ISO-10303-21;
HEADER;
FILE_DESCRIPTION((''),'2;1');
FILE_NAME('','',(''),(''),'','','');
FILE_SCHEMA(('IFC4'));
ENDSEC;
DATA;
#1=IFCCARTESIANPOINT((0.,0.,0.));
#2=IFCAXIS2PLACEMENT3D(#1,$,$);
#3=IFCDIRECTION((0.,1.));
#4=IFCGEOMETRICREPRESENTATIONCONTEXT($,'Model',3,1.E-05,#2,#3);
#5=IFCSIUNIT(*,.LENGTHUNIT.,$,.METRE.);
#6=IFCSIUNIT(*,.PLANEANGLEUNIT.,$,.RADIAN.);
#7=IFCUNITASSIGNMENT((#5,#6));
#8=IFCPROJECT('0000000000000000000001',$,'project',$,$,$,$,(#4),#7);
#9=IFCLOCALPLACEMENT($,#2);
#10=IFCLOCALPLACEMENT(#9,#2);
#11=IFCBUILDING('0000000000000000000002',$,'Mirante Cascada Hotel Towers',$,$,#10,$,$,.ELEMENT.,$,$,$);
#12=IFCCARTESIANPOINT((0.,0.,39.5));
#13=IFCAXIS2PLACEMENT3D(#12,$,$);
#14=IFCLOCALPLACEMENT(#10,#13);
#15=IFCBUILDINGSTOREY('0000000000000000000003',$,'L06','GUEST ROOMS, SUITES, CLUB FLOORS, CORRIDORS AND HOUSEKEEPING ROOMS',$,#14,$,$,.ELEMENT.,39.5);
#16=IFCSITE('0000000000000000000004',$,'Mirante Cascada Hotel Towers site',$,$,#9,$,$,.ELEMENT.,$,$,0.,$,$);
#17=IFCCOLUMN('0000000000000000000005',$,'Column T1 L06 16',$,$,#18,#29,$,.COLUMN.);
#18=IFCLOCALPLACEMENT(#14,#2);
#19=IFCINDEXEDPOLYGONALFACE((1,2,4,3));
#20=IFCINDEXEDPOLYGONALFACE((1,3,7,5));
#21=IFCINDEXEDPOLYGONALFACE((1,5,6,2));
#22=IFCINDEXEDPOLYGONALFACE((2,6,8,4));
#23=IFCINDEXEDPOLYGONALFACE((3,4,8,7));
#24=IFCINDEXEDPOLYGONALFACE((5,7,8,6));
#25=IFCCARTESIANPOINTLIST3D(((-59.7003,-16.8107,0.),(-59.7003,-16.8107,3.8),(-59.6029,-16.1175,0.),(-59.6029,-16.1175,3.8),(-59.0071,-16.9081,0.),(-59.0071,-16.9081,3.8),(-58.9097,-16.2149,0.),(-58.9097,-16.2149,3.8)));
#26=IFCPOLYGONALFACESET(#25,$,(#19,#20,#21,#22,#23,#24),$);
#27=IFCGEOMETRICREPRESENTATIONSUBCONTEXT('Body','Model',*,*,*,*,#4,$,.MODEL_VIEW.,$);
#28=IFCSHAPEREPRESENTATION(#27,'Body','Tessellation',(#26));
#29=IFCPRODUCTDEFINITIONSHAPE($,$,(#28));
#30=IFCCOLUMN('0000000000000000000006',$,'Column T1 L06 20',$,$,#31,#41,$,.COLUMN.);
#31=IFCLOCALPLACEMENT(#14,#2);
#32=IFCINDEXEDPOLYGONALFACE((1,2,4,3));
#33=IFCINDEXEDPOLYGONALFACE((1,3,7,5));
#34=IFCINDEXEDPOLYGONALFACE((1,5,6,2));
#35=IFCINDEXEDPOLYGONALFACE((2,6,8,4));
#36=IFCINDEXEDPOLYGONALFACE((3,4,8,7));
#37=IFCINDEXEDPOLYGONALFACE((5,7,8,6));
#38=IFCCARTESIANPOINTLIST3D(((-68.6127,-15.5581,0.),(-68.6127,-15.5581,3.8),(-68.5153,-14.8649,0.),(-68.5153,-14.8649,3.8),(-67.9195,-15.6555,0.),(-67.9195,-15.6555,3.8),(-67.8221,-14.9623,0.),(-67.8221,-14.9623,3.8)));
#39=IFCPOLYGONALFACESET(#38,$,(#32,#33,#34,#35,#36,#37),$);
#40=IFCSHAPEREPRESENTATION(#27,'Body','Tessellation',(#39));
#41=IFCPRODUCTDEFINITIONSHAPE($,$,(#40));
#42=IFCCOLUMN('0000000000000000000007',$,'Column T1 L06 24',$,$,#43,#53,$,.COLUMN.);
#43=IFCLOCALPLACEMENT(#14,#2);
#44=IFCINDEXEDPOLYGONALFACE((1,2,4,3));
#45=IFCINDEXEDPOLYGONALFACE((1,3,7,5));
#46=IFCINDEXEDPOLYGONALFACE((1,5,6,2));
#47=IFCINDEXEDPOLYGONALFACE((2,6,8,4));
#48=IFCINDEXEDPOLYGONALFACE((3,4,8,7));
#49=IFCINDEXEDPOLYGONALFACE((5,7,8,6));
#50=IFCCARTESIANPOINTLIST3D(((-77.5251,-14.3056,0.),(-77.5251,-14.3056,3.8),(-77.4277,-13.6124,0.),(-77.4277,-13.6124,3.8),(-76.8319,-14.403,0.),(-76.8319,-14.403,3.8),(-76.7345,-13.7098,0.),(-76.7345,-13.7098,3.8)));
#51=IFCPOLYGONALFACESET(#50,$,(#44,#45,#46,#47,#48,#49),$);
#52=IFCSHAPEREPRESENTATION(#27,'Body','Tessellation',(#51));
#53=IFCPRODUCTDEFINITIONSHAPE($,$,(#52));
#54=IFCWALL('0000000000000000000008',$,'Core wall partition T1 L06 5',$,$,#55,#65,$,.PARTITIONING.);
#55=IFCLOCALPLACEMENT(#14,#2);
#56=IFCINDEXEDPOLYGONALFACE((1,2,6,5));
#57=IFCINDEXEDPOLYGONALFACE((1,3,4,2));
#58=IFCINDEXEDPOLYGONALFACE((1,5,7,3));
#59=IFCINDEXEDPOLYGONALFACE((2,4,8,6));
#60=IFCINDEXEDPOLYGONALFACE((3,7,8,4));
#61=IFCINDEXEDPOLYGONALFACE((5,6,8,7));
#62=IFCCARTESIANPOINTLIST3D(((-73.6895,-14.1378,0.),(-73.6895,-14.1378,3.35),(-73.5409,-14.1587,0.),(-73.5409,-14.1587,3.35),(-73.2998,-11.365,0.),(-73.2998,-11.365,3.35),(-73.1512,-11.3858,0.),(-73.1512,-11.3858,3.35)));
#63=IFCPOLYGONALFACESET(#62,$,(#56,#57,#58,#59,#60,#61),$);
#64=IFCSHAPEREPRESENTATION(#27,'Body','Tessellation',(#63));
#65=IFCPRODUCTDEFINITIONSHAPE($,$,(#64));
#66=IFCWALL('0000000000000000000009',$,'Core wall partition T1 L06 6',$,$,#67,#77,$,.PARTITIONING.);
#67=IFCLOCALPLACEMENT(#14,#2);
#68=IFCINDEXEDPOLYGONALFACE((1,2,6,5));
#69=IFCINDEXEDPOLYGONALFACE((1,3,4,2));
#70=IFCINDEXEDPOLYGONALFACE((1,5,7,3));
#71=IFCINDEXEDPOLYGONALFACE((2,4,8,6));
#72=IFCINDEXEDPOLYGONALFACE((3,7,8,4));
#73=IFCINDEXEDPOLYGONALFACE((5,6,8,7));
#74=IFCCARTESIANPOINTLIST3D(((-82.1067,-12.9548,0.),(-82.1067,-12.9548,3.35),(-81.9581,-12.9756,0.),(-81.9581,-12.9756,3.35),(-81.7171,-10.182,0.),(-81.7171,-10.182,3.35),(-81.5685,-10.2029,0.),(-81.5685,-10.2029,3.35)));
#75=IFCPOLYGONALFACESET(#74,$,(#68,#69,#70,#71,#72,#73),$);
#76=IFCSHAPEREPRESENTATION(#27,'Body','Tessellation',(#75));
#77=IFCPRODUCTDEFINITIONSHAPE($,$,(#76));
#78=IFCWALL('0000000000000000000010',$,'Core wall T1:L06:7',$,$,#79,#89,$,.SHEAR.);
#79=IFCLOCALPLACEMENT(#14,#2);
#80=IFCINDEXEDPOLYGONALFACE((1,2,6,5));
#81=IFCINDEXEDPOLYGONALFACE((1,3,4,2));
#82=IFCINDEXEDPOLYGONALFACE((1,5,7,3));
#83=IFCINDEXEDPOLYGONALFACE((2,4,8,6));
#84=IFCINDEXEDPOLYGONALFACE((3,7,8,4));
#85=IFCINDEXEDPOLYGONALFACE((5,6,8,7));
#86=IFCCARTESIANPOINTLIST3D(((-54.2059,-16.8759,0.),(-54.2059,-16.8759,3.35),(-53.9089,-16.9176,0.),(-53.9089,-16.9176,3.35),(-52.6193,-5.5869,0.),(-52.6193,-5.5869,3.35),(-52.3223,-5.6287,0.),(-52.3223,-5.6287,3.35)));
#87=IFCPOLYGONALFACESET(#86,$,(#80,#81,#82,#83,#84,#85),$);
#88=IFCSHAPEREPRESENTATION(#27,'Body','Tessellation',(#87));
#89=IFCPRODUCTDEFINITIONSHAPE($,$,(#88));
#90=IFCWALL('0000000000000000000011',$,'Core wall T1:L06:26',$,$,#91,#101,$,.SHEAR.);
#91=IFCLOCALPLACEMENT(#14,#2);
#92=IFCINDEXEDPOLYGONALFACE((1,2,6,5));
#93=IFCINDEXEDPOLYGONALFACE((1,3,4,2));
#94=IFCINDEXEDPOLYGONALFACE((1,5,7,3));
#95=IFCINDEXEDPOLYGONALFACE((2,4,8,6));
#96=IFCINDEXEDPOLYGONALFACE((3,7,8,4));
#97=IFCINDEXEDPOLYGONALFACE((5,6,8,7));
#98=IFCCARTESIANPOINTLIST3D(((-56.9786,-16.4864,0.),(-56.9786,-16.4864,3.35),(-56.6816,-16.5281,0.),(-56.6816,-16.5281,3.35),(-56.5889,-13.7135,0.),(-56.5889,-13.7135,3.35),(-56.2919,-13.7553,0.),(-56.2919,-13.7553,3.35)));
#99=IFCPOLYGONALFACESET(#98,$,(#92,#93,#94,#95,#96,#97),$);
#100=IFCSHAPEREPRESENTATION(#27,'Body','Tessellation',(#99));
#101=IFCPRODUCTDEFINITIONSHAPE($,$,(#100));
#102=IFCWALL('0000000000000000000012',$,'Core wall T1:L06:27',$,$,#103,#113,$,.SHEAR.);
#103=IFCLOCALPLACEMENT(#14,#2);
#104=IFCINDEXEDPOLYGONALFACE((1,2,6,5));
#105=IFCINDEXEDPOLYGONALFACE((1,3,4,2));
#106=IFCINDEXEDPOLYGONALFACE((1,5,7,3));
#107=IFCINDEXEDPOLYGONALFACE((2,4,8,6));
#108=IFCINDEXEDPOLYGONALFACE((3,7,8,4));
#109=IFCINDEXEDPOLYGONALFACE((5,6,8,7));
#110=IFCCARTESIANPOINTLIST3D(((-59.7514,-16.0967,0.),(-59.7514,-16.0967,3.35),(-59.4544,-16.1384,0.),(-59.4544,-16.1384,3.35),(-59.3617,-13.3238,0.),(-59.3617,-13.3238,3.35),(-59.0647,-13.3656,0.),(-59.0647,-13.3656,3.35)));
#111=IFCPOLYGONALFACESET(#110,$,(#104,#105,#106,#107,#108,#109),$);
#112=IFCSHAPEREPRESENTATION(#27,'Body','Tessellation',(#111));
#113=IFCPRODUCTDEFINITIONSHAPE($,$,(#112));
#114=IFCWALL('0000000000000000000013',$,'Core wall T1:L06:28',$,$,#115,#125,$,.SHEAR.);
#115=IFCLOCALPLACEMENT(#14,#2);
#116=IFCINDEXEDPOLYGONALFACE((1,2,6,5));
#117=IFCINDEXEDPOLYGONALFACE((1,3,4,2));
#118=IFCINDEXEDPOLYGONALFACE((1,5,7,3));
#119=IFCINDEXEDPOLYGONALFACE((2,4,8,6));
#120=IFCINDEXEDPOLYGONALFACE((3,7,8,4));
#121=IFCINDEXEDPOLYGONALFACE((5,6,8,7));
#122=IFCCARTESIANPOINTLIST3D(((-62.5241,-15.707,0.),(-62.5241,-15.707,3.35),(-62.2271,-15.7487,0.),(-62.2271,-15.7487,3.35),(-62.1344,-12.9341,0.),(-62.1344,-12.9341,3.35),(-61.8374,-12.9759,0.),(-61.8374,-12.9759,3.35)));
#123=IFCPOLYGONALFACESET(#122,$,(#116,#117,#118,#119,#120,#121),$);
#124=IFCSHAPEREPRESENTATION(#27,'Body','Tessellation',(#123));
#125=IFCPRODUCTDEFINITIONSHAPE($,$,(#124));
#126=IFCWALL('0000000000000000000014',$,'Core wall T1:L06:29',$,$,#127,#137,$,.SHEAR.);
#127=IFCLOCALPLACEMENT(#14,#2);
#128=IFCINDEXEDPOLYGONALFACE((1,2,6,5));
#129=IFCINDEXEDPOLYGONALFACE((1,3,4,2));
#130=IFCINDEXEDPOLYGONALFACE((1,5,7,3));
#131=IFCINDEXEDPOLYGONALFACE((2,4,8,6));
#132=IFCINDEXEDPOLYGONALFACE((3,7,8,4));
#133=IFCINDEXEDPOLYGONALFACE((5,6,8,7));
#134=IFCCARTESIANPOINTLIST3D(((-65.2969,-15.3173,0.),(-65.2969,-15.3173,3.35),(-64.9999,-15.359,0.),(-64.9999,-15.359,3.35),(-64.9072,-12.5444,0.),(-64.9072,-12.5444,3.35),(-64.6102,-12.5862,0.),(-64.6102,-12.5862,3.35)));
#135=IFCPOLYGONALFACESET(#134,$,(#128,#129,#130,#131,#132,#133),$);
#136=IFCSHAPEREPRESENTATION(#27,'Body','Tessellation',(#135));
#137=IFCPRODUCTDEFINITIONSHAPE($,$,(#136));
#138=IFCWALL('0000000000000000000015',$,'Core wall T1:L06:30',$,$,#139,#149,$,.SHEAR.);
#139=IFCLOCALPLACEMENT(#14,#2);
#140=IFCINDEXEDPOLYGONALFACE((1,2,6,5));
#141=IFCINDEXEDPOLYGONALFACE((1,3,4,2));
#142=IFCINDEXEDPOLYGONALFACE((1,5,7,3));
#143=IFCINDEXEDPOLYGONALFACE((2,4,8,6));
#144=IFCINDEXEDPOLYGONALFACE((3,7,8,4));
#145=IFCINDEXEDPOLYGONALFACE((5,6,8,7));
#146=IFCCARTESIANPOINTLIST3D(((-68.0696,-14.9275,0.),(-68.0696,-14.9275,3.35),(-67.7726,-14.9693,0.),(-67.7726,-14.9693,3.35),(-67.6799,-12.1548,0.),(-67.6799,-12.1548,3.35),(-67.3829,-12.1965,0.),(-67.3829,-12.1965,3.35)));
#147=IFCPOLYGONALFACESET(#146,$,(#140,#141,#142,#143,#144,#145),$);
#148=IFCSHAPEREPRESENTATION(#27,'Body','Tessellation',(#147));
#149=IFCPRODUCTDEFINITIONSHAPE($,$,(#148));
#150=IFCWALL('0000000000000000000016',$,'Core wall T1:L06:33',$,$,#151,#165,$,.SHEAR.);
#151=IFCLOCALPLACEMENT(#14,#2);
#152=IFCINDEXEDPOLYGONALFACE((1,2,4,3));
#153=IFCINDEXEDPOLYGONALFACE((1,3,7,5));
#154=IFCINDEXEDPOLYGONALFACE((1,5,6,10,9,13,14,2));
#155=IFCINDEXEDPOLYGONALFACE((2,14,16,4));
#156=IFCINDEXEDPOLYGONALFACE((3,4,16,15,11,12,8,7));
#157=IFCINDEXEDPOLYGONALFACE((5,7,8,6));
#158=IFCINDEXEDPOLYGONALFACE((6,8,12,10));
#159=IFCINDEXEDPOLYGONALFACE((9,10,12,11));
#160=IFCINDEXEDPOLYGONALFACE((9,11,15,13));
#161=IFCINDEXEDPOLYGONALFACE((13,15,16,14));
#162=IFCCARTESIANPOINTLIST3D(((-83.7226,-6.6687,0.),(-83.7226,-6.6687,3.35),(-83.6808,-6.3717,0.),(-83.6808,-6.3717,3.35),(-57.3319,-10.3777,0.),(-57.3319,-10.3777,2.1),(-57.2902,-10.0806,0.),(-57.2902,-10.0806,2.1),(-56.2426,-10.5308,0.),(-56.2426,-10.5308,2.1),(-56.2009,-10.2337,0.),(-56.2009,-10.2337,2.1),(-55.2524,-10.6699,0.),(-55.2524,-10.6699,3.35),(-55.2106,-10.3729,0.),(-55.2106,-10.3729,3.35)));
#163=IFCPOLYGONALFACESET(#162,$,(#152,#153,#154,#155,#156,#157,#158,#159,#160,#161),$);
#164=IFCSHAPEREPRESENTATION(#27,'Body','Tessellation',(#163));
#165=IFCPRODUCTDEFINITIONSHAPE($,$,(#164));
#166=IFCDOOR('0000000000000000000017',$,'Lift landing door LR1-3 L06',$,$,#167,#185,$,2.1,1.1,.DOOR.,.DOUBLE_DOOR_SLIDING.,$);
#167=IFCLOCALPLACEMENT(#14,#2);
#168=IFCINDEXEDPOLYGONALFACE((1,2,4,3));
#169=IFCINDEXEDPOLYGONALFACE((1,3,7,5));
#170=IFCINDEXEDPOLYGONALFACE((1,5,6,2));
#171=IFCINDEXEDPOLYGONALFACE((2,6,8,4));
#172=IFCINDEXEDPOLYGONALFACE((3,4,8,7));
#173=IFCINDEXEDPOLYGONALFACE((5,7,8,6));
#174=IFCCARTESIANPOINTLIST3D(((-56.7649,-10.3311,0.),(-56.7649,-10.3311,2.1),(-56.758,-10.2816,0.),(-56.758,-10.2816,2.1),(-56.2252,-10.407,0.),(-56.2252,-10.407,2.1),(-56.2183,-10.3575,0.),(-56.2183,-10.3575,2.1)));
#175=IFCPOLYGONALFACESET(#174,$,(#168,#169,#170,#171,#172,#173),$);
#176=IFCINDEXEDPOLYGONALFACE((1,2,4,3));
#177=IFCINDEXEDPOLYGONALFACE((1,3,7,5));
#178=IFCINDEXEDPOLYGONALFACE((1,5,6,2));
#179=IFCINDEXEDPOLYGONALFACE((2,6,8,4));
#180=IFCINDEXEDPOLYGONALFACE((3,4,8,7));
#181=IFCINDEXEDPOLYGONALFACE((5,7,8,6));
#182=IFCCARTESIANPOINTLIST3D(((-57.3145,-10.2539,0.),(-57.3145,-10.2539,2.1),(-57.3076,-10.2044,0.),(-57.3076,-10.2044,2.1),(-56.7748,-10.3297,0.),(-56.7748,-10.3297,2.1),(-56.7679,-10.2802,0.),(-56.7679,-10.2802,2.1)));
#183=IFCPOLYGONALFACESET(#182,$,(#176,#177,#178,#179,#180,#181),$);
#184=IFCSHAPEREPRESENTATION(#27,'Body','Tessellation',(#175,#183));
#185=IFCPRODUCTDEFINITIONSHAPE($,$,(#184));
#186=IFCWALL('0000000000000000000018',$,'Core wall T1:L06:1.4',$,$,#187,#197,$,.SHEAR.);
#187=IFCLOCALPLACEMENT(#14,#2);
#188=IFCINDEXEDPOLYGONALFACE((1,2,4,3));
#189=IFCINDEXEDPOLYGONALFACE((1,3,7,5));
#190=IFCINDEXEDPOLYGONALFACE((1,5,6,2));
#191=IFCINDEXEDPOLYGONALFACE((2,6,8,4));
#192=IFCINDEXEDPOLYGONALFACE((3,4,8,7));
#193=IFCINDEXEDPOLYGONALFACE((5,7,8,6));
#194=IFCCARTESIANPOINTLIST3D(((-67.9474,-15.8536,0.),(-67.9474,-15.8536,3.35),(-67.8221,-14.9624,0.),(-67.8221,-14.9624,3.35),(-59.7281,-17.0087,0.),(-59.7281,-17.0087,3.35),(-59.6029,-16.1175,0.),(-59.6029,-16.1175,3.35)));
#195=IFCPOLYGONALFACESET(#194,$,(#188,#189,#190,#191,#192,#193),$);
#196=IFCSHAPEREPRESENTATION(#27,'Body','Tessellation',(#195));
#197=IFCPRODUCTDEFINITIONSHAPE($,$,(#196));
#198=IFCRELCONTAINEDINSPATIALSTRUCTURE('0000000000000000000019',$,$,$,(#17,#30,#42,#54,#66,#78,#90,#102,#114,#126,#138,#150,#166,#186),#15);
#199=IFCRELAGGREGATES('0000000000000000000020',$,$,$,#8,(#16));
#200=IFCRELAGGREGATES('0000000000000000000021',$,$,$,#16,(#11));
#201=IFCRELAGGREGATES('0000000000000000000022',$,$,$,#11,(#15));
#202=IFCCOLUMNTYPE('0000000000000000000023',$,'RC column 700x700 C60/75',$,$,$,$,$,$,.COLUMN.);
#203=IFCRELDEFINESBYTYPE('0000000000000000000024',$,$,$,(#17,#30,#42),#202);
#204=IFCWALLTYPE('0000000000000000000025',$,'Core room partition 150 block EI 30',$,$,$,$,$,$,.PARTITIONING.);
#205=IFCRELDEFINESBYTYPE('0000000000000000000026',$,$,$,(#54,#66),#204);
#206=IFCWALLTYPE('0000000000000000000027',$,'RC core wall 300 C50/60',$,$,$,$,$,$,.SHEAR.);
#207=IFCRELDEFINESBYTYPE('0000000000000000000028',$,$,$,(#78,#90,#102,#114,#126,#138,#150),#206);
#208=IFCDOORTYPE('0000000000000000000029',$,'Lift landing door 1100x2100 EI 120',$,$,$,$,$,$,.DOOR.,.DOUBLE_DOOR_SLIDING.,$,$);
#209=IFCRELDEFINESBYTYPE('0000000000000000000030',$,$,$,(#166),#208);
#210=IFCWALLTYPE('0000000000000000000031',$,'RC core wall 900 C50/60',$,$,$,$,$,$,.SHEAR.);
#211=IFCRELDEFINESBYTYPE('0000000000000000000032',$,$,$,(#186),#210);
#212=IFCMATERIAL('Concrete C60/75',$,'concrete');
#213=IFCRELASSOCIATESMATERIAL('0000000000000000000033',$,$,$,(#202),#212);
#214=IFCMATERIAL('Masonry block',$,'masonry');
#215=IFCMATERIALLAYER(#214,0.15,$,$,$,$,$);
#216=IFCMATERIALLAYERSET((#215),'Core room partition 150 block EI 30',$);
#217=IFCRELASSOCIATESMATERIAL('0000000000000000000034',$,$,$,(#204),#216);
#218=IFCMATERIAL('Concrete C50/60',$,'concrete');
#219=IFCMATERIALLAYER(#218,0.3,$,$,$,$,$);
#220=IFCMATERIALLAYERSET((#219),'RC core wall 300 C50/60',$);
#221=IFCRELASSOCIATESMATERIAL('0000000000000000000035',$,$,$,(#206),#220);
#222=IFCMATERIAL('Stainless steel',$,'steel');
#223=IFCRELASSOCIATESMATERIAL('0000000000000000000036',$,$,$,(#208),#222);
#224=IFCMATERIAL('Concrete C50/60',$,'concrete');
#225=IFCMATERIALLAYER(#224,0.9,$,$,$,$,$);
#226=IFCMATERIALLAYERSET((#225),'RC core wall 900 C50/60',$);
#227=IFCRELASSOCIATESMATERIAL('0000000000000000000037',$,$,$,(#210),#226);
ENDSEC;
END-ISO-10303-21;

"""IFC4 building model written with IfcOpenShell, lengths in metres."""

from ifc_helpers import new_model, si_unit, direction, frame, frame_2d, origin, origin_2d, place, context, subcontext, project, spatial, rectangle, extrude, material, layer, layer_set, material_profile, profile_set, type_object, element, fill, save


model = new_model("IFC4")

# Units and contexts
model_context = context("Model", 3, precision=1e-05, world=origin(), true_north=direction((0.0, 1.0)))
body_context = subcontext(model_context, "Body", "Model", "MODEL_VIEW")
ifc_project = project(units=[si_unit("LENGTHUNIT", "METRE"), si_unit("PLANEANGLEUNIT", "RADIAN")], contexts=[model_context])

# Site, building, storey
site_placement = place(None, origin())
site = spatial("IfcSite", under=ifc_project, at=site_placement, Name="Mirante Cascada Hotel Towers site", CompositionType="ELEMENT", RefElevation=0.0)
building_placement = place(site_placement, origin())
building = spatial("IfcBuilding", under=site, at=building_placement, Name="Mirante Cascada Hotel Towers", CompositionType="ELEMENT")
storey_placement = place(building_placement, frame((0.0, 0.0, 39.5)))
storey = spatial("IfcBuildingStorey", under=building, at=storey_placement, Name="L06", Description="GUEST ROOMS, SUITES, CLUB FLOORS, CORRIDORS AND HOUSEKEEPING ROOMS", CompositionType="ELEMENT", Elevation=39.5)

# Columns
ifc_material_1 = material(Name="Concrete C60/75", Category="concrete")
ifc_material_profile = material_profile(ifc_material_1, rectangle(XDim=0.7, YDim=0.7, at=origin_2d()), Name="RC column 700x700 C60/75")
ifc_profile_set = profile_set([ifc_material_profile], Name="Concrete C60/75")
column_type = type_object("IfcColumnType", Name="RC column 700x700 C60/75", PredefinedType="COLUMN", material=ifc_profile_set)
for number, where, z_axis, x_axis, name in (
    (1, (-59.305, -16.5128, 0.0), (0.0, 0.0, 1.0), (-0.990268, 0.139173, 0.0), "Column T1 L06 16"),
    (2, (-68.2174, -15.2602, 0.0), (0.0, 0.0, 1.0), (-0.990268, 0.139173, 0.0), "Column T1 L06 20"),
    (3, (-77.1298, -14.0077, 0.0), (0.0, 0.0, 1.0), (-0.990268, 0.139173, 0.0), "Column T1 L06 24"),
):
    element("IfcColumn", number, at=place(storey_placement, frame(where, z_axis=z_axis, x_axis=x_axis)), inside=storey, type_object=column_type, Name=name, PredefinedType="COLUMN", context=body_context, shape_type="SweptSolid", body=[
        extrude(rectangle(XDim=0.7, YDim=0.7, at=origin_2d()), origin(), (0.0, 0.0, 1.0), 3.8),
    ])

# Walls
ifc_material_2 = material(Name="Masonry block", Category="masonry")
ifc_layer_1 = layer(ifc_material_2, 0.15)
ifc_layer_set_1 = layer_set([ifc_layer_1], Name="Core room partition 150 block EI 30")
wall_type_1 = type_object("IfcWallType", Name="Core room partition 150 block EI 30", PredefinedType="PARTITIONING", material=ifc_layer_set_1)
wall_1_placement = place(storey_placement, frame((-73.6152, -14.1482, 0.0), z_axis=(0.0, 0.0, 1.0), x_axis=(0.139176, 0.990268, 0.0)))
element("IfcWall", 4, at=wall_1_placement, inside=storey, type_object=wall_type_1, Name="Core wall partition T1 L06 5", PredefinedType="PARTITIONING", context=body_context, shape_type="SweptSolid", body=[
    extrude(rectangle(XDim=2.8001, YDim=0.15, at=frame_2d((1.4, 0.0))), origin(), (0.0, 0.0, 1.0), 3.35),
])
wall_2_placement = place(storey_placement, frame((-82.0324, -12.9652, 0.0), z_axis=(0.0, 0.0, 1.0), x_axis=(0.139141, 0.990273, 0.0)))
element("IfcWall", 5, at=wall_2_placement, inside=storey, type_object=wall_type_1, Name="Core wall partition T1 L06 6", PredefinedType="PARTITIONING", context=body_context, shape_type="SweptSolid", body=[
    extrude(rectangle(XDim=2.8, YDim=0.15, at=frame_2d((1.4, 0.0))), origin(), (0.0, 0.0, 1.0), 3.35),
])
ifc_material_3 = material(Name="Concrete C50/60", Category="concrete")
ifc_layer_2 = layer(ifc_material_3, 0.3)
ifc_layer_set_2 = layer_set([ifc_layer_2], Name="RC core wall 300 C50/60")
wall_type_2 = type_object("IfcWallType", Name="RC core wall 300 C50/60", PredefinedType="SHEAR", material=ifc_layer_set_2)
wall_3_placement = place(storey_placement, frame((-54.0574, -16.8968, 0.0), z_axis=(0.0, 0.0, 1.0), x_axis=(0.139176, 0.990268, 0.0)))
element("IfcWall", 6, at=wall_3_placement, inside=storey, type_object=wall_type_2, Name="Core wall T1:L06:7", PredefinedType="SHEAR", context=body_context, shape_type="SweptSolid", body=[
    extrude(rectangle(XDim=11.3999, YDim=0.3, at=frame_2d((5.7, 0.0))), origin(), (0.0, 0.0, 1.0), 3.35),
])

# Shared definitions
ifc_material_4 = material(Name="Stainless steel", Category="steel")
door_type_1 = type_object("IfcDoorType", Name="Lift landing door 1100x2100 EI 120", OperationType="DOUBLE_DOOR_SLIDING", PredefinedType="DOOR", material=ifc_material_4)

# Walls
for number, where, z_axis, x_axis, name in (
    (7, (-56.8301, -16.5072, 0.0), (0.0, 0.0, 1.0), (0.139176, 0.990268, 0.0), "Core wall T1:L06:26"),
    (8, (-59.6029, -16.1175, 0.0), (0.0, 0.0, 1.0), (0.139176, 0.990268, 0.0), "Core wall T1:L06:27"),
    (9, (-62.3756, -15.7278, 0.0), (0.0, 0.0, 1.0), (0.139176, 0.990268, 0.0), "Core wall T1:L06:28"),
    (10, (-65.1484, -15.3381, 0.0), (0.0, 0.0, 1.0), (0.139176, 0.990268, 0.0), "Core wall T1:L06:29"),
):
    element("IfcWall", number, at=place(storey_placement, frame(where, z_axis=z_axis, x_axis=x_axis)), inside=storey, type_object=wall_type_2, Name=name, PredefinedType="SHEAR", context=body_context, shape_type="SweptSolid", body=[
        extrude(rectangle(XDim=2.8001, YDim=0.3, at=frame_2d((1.4, 0.0))), origin(), (0.0, 0.0, 1.0), 3.35),
    ])
wall_4_placement = place(storey_placement, frame((-67.9211, -14.9484, 0.0), z_axis=(0.0, 0.0, 1.0), x_axis=(0.139181, 0.990267, 0.0)))
element("IfcWall", 11, at=wall_4_placement, inside=storey, type_object=wall_type_2, Name="Core wall T1:L06:30", PredefinedType="SHEAR", context=body_context, shape_type="SweptSolid", body=[
    extrude(rectangle(XDim=2.8, YDim=0.3, at=frame_2d((1.4, 0.0))), origin(), (0.0, 0.0, 1.0), 3.35),
])

# Wall, opening, door
wall_5_placement = place(storey_placement, frame((-55.2315, -10.5214, 0.0), z_axis=(0.0, 0.0, 1.0), x_axis=(-0.990268, 0.139172, 0.0)))
wall_5 = element("IfcWall", 12, at=wall_5_placement, inside=storey, type_object=wall_type_2, Name="Core wall T1:L06:33", PredefinedType="SHEAR", context=body_context, shape_type="SweptSolid", body=[
    extrude(rectangle(XDim=28.75, YDim=0.3, at=frame_2d((14.375, 0.0))), origin(), (0.0, 0.0, 1.0), 3.35),
])
opening_1_placement = place(wall_5_placement, frame((1.0, 0.0, 0.0)))
opening_1 = element("IfcOpeningElement", 13, at=opening_1_placement, cuts=wall_5, PredefinedType="OPENING", context=body_context, shape_type="SweptSolid", body=[
    extrude(rectangle(XDim=1.1, YDim=2.1, at=frame_2d((0.55, 1.05))), frame((0.0, 0.15, 0.0), z_axis=(0.0, -1.0, 0.0), x_axis=(1.0, 0.0, 0.0)), (0.0, 0.0, 1.0), 0.3),
])
door_1_placement = place(opening_1_placement, origin())
door_1 = element("IfcDoor", 14, at=door_1_placement, inside=storey, type_object=door_type_1, Name="Lift landing door LR1-3 L06", OperationType="DOUBLE_DOOR_SLIDING", OverallHeight=2.1, OverallWidth=1.1, PredefinedType="DOOR", context=body_context, shape_type="SweptSolid", body=[
    extrude(rectangle(XDim=0.545, YDim=2.1, at=frame_2d((0.2725, 1.05))), frame((0.0, 0.025, 0.0), z_axis=(0.0, -1.0, 0.0), x_axis=(1.0, 0.0, 0.0)), (0.0, 0.0, 1.0), 0.05),
    extrude(rectangle(XDim=0.545, YDim=2.1, at=frame_2d((0.8275, 1.05))), frame((0.0, 0.025, 0.0), z_axis=(0.0, -1.0, 0.0), x_axis=(1.0, 0.0, 0.0)), (0.0, 0.0, 1.0), 0.05),
])
fill(opening_1, door_1)

# Wall
ifc_material_5 = material(Name="Concrete C50/60", Category="concrete")
ifc_layer_3 = layer(ifc_material_5, 0.9)
ifc_layer_set_3 = layer_set([ifc_layer_3], Name="RC core wall 900 C50/60")
wall_type_3 = type_object("IfcWallType", Name="RC core wall 900 C50/60", PredefinedType="SHEAR", material=ifc_layer_set_3)
for number, where, z_axis, x_axis, name in (
    (15, (-59.6655, -16.5631, 0.0), (0.0, 0.0, 1.0), (-0.990269, 0.139169, 0.0), "Core wall T1:L06:1.4"),
):
    element("IfcWall", number, at=place(storey_placement, frame(where, z_axis=z_axis, x_axis=x_axis)), inside=storey, type_object=wall_type_3, Name=name, PredefinedType="SHEAR", context=body_context, shape_type="SweptSolid", body=[
        extrude(rectangle(XDim=8.3, YDim=0.9, at=frame_2d((4.15, 0.0))), origin(), (0.0, 0.0, 1.0), 3.35),
    ])

save(model, "model.ifc")
